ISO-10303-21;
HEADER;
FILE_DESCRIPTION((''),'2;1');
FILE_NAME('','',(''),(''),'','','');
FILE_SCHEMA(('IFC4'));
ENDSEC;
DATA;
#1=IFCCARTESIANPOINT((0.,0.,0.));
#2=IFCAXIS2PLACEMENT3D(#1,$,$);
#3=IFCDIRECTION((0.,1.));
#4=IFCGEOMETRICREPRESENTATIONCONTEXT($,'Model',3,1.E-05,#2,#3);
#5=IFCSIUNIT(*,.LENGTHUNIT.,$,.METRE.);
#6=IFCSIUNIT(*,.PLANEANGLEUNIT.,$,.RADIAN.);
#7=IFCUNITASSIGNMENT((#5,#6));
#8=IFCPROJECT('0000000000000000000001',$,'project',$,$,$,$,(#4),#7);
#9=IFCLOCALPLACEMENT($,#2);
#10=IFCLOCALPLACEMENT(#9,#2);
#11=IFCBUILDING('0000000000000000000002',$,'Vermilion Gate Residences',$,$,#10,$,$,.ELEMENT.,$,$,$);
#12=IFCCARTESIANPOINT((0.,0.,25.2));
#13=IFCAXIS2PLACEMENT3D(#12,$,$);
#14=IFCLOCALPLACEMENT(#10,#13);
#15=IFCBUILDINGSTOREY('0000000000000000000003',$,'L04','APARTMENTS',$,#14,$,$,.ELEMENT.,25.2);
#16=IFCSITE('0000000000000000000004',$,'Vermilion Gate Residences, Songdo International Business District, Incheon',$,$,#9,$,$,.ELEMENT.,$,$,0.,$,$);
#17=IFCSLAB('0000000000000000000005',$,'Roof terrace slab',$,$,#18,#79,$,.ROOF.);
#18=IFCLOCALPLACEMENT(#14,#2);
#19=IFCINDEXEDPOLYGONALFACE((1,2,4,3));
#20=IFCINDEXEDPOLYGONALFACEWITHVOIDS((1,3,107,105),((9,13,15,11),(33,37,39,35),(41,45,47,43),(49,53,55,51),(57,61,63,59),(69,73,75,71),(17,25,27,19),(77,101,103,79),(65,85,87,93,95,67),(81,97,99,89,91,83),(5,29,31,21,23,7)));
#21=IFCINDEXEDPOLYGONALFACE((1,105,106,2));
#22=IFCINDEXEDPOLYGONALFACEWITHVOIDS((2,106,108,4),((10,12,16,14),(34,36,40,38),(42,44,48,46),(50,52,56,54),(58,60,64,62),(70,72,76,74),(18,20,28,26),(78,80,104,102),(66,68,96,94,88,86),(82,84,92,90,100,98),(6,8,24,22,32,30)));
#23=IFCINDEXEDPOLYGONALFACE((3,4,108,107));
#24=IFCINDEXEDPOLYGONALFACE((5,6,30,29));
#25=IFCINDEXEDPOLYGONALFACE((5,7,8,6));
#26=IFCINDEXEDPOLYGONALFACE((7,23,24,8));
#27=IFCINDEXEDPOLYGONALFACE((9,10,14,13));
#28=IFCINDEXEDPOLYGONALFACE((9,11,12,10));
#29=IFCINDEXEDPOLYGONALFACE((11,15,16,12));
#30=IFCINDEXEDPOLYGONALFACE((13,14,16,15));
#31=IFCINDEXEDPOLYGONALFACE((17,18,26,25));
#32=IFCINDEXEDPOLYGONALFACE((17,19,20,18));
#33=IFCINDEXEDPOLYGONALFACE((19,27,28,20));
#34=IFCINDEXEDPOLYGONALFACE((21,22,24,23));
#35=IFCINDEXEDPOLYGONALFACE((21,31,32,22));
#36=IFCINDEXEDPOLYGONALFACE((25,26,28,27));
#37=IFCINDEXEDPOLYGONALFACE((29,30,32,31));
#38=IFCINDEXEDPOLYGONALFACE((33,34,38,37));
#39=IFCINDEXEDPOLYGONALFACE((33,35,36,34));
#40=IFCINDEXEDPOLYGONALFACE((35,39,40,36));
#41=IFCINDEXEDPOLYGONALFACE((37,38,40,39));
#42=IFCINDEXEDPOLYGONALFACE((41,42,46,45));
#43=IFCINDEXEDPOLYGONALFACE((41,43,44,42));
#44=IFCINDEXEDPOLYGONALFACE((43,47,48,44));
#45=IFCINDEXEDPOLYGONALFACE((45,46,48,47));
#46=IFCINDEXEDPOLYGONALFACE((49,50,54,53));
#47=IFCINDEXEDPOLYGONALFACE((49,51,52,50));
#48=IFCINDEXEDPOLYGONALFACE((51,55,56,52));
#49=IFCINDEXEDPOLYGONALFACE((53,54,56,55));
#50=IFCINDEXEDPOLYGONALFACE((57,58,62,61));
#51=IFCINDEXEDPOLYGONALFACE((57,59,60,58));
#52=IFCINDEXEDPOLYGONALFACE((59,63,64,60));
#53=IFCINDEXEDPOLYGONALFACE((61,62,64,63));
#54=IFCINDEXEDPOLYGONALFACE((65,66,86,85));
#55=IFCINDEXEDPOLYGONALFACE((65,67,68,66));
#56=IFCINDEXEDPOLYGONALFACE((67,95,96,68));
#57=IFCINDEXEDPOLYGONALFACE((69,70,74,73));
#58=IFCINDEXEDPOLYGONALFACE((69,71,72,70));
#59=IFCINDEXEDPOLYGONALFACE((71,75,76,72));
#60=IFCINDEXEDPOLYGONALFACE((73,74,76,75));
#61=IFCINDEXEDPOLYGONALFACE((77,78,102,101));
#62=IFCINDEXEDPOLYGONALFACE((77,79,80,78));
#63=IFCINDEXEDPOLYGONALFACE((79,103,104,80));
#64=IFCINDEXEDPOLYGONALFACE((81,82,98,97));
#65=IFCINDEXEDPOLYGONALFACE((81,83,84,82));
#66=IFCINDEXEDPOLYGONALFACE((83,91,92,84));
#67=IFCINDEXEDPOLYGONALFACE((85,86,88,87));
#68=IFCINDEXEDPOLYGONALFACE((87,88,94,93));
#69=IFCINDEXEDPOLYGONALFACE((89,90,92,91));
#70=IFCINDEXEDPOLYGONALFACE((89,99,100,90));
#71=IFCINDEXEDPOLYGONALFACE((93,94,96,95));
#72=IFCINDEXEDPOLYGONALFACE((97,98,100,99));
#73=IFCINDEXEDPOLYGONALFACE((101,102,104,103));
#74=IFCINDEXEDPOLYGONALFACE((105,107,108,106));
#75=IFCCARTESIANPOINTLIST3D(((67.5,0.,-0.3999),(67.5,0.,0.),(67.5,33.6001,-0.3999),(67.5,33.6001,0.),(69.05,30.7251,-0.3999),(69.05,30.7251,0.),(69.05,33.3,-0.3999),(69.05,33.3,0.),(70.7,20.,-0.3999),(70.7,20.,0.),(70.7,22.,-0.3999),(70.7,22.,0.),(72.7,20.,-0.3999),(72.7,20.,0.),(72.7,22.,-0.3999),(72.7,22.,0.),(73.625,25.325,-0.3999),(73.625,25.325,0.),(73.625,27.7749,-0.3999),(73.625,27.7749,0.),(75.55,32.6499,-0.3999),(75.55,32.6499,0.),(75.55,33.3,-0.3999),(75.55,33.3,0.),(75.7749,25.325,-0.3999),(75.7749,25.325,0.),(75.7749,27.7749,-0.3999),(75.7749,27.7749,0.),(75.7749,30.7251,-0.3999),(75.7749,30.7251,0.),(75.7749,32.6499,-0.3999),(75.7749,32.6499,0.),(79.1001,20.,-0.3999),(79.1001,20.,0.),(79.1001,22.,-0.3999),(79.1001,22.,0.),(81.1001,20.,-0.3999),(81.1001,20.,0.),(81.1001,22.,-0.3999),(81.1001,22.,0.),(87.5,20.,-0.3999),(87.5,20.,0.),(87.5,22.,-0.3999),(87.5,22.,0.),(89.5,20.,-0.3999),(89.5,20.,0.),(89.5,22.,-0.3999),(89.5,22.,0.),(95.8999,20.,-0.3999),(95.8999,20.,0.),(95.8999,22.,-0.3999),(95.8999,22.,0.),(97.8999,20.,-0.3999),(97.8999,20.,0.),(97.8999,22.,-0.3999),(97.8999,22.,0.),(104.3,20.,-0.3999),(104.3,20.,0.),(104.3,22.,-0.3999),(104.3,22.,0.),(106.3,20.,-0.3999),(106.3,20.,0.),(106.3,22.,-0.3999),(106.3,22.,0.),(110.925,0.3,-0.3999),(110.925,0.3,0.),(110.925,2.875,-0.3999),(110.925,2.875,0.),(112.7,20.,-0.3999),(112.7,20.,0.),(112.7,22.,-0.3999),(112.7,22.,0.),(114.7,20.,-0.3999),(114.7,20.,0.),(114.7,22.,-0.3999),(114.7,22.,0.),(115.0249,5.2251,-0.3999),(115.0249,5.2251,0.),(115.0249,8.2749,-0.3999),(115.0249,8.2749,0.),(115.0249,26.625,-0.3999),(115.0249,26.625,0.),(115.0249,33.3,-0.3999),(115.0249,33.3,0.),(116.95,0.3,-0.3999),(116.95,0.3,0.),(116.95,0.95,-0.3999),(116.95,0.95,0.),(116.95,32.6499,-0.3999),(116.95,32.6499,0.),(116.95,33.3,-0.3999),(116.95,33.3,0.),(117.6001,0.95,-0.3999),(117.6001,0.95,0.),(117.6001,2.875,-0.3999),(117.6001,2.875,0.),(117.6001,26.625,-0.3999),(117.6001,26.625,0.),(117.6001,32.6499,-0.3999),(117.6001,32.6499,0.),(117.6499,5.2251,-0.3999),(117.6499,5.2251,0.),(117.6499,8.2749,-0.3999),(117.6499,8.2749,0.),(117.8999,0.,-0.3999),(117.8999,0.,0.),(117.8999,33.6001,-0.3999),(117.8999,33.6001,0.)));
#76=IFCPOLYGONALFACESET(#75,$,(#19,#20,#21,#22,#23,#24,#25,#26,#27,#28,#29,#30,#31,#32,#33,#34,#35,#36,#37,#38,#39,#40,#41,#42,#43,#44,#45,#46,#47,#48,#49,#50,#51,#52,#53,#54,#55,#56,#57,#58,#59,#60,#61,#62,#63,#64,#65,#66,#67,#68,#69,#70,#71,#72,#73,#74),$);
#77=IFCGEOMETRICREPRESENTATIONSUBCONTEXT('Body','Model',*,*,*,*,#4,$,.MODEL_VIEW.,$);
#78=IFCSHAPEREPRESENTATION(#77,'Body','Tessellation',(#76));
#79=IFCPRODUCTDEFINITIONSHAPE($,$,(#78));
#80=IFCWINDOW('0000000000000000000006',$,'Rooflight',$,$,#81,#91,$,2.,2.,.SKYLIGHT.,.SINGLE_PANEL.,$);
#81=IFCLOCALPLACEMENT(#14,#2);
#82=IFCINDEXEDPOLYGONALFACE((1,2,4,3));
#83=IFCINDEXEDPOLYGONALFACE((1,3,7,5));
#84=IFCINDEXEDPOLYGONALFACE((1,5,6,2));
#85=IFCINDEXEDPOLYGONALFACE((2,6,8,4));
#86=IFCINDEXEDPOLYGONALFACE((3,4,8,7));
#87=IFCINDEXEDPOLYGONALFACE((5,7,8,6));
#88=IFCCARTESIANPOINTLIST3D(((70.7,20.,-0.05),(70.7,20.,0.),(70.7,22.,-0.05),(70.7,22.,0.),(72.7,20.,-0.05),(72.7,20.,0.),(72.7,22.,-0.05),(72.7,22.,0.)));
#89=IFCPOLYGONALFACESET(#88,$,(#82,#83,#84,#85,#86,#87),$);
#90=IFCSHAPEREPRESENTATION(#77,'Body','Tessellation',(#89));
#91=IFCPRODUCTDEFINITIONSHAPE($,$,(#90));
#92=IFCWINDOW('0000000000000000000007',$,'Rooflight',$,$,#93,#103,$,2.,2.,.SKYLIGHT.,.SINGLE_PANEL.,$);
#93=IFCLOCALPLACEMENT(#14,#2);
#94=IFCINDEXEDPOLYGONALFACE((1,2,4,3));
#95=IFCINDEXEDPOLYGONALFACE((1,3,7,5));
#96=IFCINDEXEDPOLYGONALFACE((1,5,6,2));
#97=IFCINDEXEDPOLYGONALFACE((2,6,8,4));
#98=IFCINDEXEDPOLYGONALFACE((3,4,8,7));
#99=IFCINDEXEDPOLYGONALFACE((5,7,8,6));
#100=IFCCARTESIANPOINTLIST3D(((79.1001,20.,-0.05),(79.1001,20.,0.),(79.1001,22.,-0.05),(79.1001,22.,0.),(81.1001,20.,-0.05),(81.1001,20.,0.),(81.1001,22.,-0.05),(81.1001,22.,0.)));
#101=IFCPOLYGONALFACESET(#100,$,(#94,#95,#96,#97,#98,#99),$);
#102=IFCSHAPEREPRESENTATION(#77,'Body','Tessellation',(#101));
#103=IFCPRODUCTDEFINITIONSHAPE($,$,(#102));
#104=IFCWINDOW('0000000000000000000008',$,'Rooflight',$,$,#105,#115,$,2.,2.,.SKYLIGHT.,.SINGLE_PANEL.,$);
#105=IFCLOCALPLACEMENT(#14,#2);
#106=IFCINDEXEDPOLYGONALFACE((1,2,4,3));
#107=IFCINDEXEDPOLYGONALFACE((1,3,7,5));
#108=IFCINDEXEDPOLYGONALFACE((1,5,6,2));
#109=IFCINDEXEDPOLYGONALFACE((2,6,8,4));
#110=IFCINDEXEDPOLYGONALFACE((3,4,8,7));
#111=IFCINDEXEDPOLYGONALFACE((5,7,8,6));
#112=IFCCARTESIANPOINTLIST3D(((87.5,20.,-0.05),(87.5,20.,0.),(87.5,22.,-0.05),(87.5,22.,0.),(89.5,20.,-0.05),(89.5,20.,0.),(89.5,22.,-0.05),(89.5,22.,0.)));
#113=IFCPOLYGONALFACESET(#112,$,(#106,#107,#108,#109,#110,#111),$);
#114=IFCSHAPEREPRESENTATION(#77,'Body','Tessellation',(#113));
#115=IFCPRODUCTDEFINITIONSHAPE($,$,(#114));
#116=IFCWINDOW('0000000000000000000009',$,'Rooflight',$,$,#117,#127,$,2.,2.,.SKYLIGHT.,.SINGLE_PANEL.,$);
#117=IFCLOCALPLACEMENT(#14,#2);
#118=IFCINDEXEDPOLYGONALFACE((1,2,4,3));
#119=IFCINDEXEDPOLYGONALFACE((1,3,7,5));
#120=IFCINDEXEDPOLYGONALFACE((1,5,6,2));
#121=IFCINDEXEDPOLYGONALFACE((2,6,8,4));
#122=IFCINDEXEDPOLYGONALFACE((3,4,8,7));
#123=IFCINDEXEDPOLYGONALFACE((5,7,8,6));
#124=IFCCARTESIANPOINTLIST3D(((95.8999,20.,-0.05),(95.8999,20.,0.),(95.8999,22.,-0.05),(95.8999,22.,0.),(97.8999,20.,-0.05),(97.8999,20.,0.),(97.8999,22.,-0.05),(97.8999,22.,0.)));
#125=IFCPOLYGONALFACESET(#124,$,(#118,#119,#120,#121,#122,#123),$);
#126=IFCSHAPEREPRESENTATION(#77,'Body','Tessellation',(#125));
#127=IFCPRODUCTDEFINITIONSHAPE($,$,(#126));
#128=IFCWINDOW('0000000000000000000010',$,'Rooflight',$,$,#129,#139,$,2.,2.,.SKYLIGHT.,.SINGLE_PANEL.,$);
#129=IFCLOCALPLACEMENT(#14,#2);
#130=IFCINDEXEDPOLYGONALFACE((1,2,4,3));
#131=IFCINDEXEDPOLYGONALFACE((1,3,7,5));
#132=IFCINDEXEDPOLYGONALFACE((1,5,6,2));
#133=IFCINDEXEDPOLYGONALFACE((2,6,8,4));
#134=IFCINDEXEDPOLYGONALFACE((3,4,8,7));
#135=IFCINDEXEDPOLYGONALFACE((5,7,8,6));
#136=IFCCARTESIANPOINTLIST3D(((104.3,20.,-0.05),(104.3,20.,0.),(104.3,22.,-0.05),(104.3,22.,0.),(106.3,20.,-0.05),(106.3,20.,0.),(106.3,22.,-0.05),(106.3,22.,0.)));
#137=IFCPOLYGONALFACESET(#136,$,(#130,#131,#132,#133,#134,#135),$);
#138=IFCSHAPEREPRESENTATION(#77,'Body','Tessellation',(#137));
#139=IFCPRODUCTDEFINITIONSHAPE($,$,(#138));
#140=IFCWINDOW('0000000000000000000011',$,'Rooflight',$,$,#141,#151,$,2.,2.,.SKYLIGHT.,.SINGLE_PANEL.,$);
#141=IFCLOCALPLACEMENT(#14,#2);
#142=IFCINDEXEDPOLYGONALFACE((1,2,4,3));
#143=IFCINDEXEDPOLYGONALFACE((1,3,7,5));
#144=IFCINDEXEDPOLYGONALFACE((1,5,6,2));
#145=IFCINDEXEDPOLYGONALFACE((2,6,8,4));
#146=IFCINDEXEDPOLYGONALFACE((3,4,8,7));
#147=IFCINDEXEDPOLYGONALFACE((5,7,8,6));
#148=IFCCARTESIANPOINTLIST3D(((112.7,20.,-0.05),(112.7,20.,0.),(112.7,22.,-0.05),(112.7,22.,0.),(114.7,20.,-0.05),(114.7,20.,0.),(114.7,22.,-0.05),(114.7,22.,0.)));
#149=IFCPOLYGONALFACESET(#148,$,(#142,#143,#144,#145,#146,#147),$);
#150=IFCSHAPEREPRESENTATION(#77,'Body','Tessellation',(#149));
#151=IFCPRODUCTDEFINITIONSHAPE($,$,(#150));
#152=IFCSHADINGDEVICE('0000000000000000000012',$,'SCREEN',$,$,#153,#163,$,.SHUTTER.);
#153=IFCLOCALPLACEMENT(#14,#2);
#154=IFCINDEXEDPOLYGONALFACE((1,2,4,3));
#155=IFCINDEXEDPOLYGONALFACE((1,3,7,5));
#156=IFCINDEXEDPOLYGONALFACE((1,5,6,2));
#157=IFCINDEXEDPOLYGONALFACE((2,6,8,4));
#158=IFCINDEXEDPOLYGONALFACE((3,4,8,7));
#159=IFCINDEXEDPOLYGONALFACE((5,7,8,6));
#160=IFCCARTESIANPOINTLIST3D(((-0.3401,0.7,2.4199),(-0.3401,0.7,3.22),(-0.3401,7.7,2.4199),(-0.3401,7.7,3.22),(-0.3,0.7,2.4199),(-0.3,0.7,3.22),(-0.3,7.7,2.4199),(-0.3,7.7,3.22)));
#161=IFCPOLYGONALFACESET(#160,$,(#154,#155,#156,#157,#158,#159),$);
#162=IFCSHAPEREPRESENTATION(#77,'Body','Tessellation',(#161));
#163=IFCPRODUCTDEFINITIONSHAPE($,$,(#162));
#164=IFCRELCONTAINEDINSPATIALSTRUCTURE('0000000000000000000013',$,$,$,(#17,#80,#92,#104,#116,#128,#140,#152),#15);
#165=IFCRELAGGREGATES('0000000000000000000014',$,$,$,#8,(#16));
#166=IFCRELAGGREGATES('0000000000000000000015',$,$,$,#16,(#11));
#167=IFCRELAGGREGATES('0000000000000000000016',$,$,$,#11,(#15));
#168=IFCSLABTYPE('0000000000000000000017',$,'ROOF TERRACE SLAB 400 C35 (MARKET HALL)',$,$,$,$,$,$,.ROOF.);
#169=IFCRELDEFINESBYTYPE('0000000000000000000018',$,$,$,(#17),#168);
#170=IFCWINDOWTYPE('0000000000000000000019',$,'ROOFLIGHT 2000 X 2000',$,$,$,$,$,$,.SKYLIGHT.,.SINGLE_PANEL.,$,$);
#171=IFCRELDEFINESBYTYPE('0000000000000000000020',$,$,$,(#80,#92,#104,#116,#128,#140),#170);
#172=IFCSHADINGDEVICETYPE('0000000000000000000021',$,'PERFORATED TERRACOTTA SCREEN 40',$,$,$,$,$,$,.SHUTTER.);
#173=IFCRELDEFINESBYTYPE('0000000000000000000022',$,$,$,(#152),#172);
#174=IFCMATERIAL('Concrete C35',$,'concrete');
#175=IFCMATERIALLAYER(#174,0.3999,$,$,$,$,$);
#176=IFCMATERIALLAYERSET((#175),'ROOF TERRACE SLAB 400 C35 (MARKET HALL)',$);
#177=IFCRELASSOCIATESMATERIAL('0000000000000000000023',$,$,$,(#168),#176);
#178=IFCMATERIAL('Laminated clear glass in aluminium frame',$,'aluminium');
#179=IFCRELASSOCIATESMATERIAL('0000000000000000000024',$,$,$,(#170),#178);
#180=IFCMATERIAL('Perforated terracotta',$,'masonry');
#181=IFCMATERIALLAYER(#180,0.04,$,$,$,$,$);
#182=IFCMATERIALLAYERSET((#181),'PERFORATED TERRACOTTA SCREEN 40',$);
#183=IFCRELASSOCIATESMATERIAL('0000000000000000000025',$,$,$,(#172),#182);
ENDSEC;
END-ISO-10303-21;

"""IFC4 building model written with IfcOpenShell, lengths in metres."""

from ifc_helpers import new_model, si_unit, direction, frame, origin, origin_2d, place, context, subcontext, project, spatial, polyline, rectangle, outline, extrude, material, layer, layer_set, type_object, element, fill, save


model = new_model("IFC4")

# Units and contexts
model_context = context("Model", 3, precision=1e-05, world=origin(), true_north=direction((0.0, 1.0)))
body_context = subcontext(model_context, "Body", "Model", "MODEL_VIEW")
ifc_project = project(units=[si_unit("LENGTHUNIT", "METRE"), si_unit("PLANEANGLEUNIT", "RADIAN")], contexts=[model_context])

# Site, building, storey
site_placement = place(None, origin())
site = spatial("IfcSite", under=ifc_project, at=site_placement, Name="Vermilion Gate Residences, Songdo International Business District, Incheon", CompositionType="ELEMENT", RefElevation=0.0)
building_placement = place(site_placement, origin())
building = spatial("IfcBuilding", under=site, at=building_placement, Name="Vermilion Gate Residences", CompositionType="ELEMENT")
storey_placement = place(building_placement, frame((0.0, 0.0, 25.2)))
storey = spatial("IfcBuildingStorey", under=building, at=storey_placement, Name="L04", Description="APARTMENTS", CompositionType="ELEMENT", Elevation=25.2)

# Slab, openings, windows
ifc_material_1 = material(Name="Concrete C35", Category="concrete")
ifc_layer_1 = layer(ifc_material_1, 0.3999)
ifc_layer_set_1 = layer_set([ifc_layer_1], Name="ROOF TERRACE SLAB 400 C35 (MARKET HALL)")
slab_type_1 = type_object("IfcSlabType", Name="ROOF TERRACE SLAB 400 C35 (MARKET HALL)", PredefinedType="ROOF", material=ifc_layer_set_1)
slab_1_placement = place(storey_placement, frame((0.0, 0.0, -0.3999)))
slab_1 = element("IfcSlab", 1, at=slab_1_placement, inside=storey, type_object=slab_type_1, Name="Roof terrace slab", PredefinedType="ROOF", context=body_context, shape_type="SweptSolid", body=[
    extrude(outline(polyline([(67.5, 0.0), (117.8999, 0.0), (117.8999, 33.6001), (67.5, 33.6001), (67.5, 0.0)]), holes=[polyline([(110.925, 2.875), (117.6001, 2.875), (117.6001, 0.95), (116.95, 0.95), (116.95, 0.3), (110.925, 0.3), (110.925, 2.875)]), polyline([(115.0249, 5.2251), (115.0249, 8.2749), (117.6499, 8.2749), (117.6499, 5.2251), (115.0249, 5.2251)]), polyline([(73.625, 25.325), (73.625, 27.7749), (75.7749, 27.7749), (75.7749, 25.325), (73.625, 25.325)]), polyline([(115.0249, 33.3), (116.95, 33.3), (116.95, 32.6499), (117.6001, 32.6499), (117.6001, 26.625), (115.0249, 26.625), (115.0249, 33.3)]), polyline([(69.05, 33.3), (75.55, 33.3), (75.55, 32.6499), (75.7749, 32.6499), (75.7749, 30.7251), (69.05, 30.7251), (69.05, 33.3)])]), origin(), (0.0, 0.0, 1.0), 0.3999),
])
opening_1_placement = place(slab_1_placement, frame((71.7, 21.0, 0.0)))
opening_1 = element("IfcOpeningElement", 2, at=opening_1_placement, cuts=slab_1, PredefinedType="OPENING", context=body_context, shape_type="SweptSolid", body=[
    extrude(rectangle(XDim=2.0, YDim=2.0, at=origin_2d()), origin(), (0.0, 0.0, 1.0), 0.3999),
])
opening_2_placement = place(slab_1_placement, frame((80.1001, 21.0, 0.0)))
opening_2 = element("IfcOpeningElement", 3, at=opening_2_placement, cuts=slab_1, PredefinedType="OPENING", context=body_context, shape_type="SweptSolid", body=[
    extrude(rectangle(XDim=2.0, YDim=2.0, at=origin_2d()), origin(), (0.0, 0.0, 1.0), 0.3999),
])
opening_3_placement = place(slab_1_placement, frame((88.5, 21.0, 0.0)))
opening_3 = element("IfcOpeningElement", 4, at=opening_3_placement, cuts=slab_1, PredefinedType="OPENING", context=body_context, shape_type="SweptSolid", body=[
    extrude(rectangle(XDim=2.0, YDim=2.0, at=origin_2d()), origin(), (0.0, 0.0, 1.0), 0.3999),
])
opening_4_placement = place(slab_1_placement, frame((96.8999, 21.0, 0.0)))
opening_4 = element("IfcOpeningElement", 5, at=opening_4_placement, cuts=slab_1, PredefinedType="OPENING", context=body_context, shape_type="SweptSolid", body=[
    extrude(rectangle(XDim=2.0, YDim=2.0, at=origin_2d()), origin(), (0.0, 0.0, 1.0), 0.3999),
])
opening_5_placement = place(slab_1_placement, frame((105.3, 21.0, 0.0)))
opening_5 = element("IfcOpeningElement", 6, at=opening_5_placement, cuts=slab_1, PredefinedType="OPENING", context=body_context, shape_type="SweptSolid", body=[
    extrude(rectangle(XDim=2.0, YDim=2.0, at=origin_2d()), origin(), (0.0, 0.0, 1.0), 0.3999),
])
opening_6_placement = place(slab_1_placement, frame((113.7, 21.0, 0.0)))
opening_6 = element("IfcOpeningElement", 7, at=opening_6_placement, cuts=slab_1, PredefinedType="OPENING", context=body_context, shape_type="SweptSolid", body=[
    extrude(rectangle(XDim=2.0, YDim=2.0, at=origin_2d()), origin(), (0.0, 0.0, 1.0), 0.3999),
])
ifc_material_2 = material(Name="Laminated clear glass in aluminium frame", Category="aluminium")
window_type = type_object("IfcWindowType", Name="ROOFLIGHT 2000 X 2000", PartitioningType="SINGLE_PANEL", PredefinedType="SKYLIGHT", material=ifc_material_2)
window_1_placement = place(opening_1_placement, frame((0.0, 0.0, 0.3499)))
window_1 = element("IfcWindow", 8, at=window_1_placement, inside=storey, type_object=window_type, Name="Rooflight", OverallHeight=2.0, OverallWidth=2.0, PartitioningType="SINGLE_PANEL", PredefinedType="SKYLIGHT", context=body_context, shape_type="SweptSolid", body=[
    extrude(rectangle(XDim=2.0, YDim=2.0, at=origin_2d()), origin(), (0.0, 0.0, 1.0), 0.05),
])
fill(opening_1, window_1)
window_2_placement = place(opening_2_placement, frame((0.0, 0.0, 0.3499)))
window_2 = element("IfcWindow", 9, at=window_2_placement, inside=storey, type_object=window_type, Name="Rooflight", OverallHeight=2.0, OverallWidth=2.0, PartitioningType="SINGLE_PANEL", PredefinedType="SKYLIGHT", context=body_context, shape_type="SweptSolid", body=[
    extrude(rectangle(XDim=2.0, YDim=2.0, at=origin_2d()), origin(), (0.0, 0.0, 1.0), 0.05),
])
fill(opening_2, window_2)
window_3_placement = place(opening_3_placement, frame((0.0, 0.0, 0.3499)))
window_3 = element("IfcWindow", 10, at=window_3_placement, inside=storey, type_object=window_type, Name="Rooflight", OverallHeight=2.0, OverallWidth=2.0, PartitioningType="SINGLE_PANEL", PredefinedType="SKYLIGHT", context=body_context, shape_type="SweptSolid", body=[
    extrude(rectangle(XDim=2.0, YDim=2.0, at=origin_2d()), origin(), (0.0, 0.0, 1.0), 0.05),
])
fill(opening_3, window_3)
window_4_placement = place(opening_4_placement, frame((0.0, 0.0, 0.3499)))
window_4 = element("IfcWindow", 11, at=window_4_placement, inside=storey, type_object=window_type, Name="Rooflight", OverallHeight=2.0, OverallWidth=2.0, PartitioningType="SINGLE_PANEL", PredefinedType="SKYLIGHT", context=body_context, shape_type="SweptSolid", body=[
    extrude(rectangle(XDim=2.0, YDim=2.0, at=origin_2d()), origin(), (0.0, 0.0, 1.0), 0.05),
])
fill(opening_4, window_4)
window_5_placement = place(opening_5_placement, frame((0.0, 0.0, 0.3499)))
window_5 = element("IfcWindow", 12, at=window_5_placement, inside=storey, type_object=window_type, Name="Rooflight", OverallHeight=2.0, OverallWidth=2.0, PartitioningType="SINGLE_PANEL", PredefinedType="SKYLIGHT", context=body_context, shape_type="SweptSolid", body=[
    extrude(rectangle(XDim=2.0, YDim=2.0, at=origin_2d()), origin(), (0.0, 0.0, 1.0), 0.05),
])
fill(opening_5, window_5)
window_6_placement = place(opening_6_placement, frame((0.0, 0.0, 0.3499)))
window_6 = element("IfcWindow", 13, at=window_6_placement, inside=storey, type_object=window_type, Name="Rooflight", OverallHeight=2.0, OverallWidth=2.0, PartitioningType="SINGLE_PANEL", PredefinedType="SKYLIGHT", context=body_context, shape_type="SweptSolid", body=[
    extrude(rectangle(XDim=2.0, YDim=2.0, at=origin_2d()), origin(), (0.0, 0.0, 1.0), 0.05),
])
fill(opening_6, window_6)

# Shading device
ifc_material_3 = material(Name="Perforated terracotta", Category="masonry")
ifc_layer_2 = layer(ifc_material_3, 0.04)
ifc_layer_set_2 = layer_set([ifc_layer_2], Name="PERFORATED TERRACOTTA SCREEN 40")
shading_device_type_1 = type_object("IfcShadingDeviceType", Name="PERFORATED TERRACOTTA SCREEN 40", PredefinedType="SHUTTER", material=ifc_layer_set_2)
shading_device_1_placement = place(storey_placement, frame((-0.3201, 4.2, 2.4199), z_axis=(0.0, 0.0, 1.0), x_axis=(0.0, -1.0, 0.0)))
element("IfcShadingDevice", 14, at=shading_device_1_placement, inside=storey, type_object=shading_device_type_1, Name="SCREEN", PredefinedType="SHUTTER", context=body_context, shape_type="SweptSolid", body=[
    extrude(rectangle(XDim=7.0, YDim=0.04, at=origin_2d()), origin(), (0.0, 0.0, 1.0), 0.8),
])

save(model, "model.ifc")
